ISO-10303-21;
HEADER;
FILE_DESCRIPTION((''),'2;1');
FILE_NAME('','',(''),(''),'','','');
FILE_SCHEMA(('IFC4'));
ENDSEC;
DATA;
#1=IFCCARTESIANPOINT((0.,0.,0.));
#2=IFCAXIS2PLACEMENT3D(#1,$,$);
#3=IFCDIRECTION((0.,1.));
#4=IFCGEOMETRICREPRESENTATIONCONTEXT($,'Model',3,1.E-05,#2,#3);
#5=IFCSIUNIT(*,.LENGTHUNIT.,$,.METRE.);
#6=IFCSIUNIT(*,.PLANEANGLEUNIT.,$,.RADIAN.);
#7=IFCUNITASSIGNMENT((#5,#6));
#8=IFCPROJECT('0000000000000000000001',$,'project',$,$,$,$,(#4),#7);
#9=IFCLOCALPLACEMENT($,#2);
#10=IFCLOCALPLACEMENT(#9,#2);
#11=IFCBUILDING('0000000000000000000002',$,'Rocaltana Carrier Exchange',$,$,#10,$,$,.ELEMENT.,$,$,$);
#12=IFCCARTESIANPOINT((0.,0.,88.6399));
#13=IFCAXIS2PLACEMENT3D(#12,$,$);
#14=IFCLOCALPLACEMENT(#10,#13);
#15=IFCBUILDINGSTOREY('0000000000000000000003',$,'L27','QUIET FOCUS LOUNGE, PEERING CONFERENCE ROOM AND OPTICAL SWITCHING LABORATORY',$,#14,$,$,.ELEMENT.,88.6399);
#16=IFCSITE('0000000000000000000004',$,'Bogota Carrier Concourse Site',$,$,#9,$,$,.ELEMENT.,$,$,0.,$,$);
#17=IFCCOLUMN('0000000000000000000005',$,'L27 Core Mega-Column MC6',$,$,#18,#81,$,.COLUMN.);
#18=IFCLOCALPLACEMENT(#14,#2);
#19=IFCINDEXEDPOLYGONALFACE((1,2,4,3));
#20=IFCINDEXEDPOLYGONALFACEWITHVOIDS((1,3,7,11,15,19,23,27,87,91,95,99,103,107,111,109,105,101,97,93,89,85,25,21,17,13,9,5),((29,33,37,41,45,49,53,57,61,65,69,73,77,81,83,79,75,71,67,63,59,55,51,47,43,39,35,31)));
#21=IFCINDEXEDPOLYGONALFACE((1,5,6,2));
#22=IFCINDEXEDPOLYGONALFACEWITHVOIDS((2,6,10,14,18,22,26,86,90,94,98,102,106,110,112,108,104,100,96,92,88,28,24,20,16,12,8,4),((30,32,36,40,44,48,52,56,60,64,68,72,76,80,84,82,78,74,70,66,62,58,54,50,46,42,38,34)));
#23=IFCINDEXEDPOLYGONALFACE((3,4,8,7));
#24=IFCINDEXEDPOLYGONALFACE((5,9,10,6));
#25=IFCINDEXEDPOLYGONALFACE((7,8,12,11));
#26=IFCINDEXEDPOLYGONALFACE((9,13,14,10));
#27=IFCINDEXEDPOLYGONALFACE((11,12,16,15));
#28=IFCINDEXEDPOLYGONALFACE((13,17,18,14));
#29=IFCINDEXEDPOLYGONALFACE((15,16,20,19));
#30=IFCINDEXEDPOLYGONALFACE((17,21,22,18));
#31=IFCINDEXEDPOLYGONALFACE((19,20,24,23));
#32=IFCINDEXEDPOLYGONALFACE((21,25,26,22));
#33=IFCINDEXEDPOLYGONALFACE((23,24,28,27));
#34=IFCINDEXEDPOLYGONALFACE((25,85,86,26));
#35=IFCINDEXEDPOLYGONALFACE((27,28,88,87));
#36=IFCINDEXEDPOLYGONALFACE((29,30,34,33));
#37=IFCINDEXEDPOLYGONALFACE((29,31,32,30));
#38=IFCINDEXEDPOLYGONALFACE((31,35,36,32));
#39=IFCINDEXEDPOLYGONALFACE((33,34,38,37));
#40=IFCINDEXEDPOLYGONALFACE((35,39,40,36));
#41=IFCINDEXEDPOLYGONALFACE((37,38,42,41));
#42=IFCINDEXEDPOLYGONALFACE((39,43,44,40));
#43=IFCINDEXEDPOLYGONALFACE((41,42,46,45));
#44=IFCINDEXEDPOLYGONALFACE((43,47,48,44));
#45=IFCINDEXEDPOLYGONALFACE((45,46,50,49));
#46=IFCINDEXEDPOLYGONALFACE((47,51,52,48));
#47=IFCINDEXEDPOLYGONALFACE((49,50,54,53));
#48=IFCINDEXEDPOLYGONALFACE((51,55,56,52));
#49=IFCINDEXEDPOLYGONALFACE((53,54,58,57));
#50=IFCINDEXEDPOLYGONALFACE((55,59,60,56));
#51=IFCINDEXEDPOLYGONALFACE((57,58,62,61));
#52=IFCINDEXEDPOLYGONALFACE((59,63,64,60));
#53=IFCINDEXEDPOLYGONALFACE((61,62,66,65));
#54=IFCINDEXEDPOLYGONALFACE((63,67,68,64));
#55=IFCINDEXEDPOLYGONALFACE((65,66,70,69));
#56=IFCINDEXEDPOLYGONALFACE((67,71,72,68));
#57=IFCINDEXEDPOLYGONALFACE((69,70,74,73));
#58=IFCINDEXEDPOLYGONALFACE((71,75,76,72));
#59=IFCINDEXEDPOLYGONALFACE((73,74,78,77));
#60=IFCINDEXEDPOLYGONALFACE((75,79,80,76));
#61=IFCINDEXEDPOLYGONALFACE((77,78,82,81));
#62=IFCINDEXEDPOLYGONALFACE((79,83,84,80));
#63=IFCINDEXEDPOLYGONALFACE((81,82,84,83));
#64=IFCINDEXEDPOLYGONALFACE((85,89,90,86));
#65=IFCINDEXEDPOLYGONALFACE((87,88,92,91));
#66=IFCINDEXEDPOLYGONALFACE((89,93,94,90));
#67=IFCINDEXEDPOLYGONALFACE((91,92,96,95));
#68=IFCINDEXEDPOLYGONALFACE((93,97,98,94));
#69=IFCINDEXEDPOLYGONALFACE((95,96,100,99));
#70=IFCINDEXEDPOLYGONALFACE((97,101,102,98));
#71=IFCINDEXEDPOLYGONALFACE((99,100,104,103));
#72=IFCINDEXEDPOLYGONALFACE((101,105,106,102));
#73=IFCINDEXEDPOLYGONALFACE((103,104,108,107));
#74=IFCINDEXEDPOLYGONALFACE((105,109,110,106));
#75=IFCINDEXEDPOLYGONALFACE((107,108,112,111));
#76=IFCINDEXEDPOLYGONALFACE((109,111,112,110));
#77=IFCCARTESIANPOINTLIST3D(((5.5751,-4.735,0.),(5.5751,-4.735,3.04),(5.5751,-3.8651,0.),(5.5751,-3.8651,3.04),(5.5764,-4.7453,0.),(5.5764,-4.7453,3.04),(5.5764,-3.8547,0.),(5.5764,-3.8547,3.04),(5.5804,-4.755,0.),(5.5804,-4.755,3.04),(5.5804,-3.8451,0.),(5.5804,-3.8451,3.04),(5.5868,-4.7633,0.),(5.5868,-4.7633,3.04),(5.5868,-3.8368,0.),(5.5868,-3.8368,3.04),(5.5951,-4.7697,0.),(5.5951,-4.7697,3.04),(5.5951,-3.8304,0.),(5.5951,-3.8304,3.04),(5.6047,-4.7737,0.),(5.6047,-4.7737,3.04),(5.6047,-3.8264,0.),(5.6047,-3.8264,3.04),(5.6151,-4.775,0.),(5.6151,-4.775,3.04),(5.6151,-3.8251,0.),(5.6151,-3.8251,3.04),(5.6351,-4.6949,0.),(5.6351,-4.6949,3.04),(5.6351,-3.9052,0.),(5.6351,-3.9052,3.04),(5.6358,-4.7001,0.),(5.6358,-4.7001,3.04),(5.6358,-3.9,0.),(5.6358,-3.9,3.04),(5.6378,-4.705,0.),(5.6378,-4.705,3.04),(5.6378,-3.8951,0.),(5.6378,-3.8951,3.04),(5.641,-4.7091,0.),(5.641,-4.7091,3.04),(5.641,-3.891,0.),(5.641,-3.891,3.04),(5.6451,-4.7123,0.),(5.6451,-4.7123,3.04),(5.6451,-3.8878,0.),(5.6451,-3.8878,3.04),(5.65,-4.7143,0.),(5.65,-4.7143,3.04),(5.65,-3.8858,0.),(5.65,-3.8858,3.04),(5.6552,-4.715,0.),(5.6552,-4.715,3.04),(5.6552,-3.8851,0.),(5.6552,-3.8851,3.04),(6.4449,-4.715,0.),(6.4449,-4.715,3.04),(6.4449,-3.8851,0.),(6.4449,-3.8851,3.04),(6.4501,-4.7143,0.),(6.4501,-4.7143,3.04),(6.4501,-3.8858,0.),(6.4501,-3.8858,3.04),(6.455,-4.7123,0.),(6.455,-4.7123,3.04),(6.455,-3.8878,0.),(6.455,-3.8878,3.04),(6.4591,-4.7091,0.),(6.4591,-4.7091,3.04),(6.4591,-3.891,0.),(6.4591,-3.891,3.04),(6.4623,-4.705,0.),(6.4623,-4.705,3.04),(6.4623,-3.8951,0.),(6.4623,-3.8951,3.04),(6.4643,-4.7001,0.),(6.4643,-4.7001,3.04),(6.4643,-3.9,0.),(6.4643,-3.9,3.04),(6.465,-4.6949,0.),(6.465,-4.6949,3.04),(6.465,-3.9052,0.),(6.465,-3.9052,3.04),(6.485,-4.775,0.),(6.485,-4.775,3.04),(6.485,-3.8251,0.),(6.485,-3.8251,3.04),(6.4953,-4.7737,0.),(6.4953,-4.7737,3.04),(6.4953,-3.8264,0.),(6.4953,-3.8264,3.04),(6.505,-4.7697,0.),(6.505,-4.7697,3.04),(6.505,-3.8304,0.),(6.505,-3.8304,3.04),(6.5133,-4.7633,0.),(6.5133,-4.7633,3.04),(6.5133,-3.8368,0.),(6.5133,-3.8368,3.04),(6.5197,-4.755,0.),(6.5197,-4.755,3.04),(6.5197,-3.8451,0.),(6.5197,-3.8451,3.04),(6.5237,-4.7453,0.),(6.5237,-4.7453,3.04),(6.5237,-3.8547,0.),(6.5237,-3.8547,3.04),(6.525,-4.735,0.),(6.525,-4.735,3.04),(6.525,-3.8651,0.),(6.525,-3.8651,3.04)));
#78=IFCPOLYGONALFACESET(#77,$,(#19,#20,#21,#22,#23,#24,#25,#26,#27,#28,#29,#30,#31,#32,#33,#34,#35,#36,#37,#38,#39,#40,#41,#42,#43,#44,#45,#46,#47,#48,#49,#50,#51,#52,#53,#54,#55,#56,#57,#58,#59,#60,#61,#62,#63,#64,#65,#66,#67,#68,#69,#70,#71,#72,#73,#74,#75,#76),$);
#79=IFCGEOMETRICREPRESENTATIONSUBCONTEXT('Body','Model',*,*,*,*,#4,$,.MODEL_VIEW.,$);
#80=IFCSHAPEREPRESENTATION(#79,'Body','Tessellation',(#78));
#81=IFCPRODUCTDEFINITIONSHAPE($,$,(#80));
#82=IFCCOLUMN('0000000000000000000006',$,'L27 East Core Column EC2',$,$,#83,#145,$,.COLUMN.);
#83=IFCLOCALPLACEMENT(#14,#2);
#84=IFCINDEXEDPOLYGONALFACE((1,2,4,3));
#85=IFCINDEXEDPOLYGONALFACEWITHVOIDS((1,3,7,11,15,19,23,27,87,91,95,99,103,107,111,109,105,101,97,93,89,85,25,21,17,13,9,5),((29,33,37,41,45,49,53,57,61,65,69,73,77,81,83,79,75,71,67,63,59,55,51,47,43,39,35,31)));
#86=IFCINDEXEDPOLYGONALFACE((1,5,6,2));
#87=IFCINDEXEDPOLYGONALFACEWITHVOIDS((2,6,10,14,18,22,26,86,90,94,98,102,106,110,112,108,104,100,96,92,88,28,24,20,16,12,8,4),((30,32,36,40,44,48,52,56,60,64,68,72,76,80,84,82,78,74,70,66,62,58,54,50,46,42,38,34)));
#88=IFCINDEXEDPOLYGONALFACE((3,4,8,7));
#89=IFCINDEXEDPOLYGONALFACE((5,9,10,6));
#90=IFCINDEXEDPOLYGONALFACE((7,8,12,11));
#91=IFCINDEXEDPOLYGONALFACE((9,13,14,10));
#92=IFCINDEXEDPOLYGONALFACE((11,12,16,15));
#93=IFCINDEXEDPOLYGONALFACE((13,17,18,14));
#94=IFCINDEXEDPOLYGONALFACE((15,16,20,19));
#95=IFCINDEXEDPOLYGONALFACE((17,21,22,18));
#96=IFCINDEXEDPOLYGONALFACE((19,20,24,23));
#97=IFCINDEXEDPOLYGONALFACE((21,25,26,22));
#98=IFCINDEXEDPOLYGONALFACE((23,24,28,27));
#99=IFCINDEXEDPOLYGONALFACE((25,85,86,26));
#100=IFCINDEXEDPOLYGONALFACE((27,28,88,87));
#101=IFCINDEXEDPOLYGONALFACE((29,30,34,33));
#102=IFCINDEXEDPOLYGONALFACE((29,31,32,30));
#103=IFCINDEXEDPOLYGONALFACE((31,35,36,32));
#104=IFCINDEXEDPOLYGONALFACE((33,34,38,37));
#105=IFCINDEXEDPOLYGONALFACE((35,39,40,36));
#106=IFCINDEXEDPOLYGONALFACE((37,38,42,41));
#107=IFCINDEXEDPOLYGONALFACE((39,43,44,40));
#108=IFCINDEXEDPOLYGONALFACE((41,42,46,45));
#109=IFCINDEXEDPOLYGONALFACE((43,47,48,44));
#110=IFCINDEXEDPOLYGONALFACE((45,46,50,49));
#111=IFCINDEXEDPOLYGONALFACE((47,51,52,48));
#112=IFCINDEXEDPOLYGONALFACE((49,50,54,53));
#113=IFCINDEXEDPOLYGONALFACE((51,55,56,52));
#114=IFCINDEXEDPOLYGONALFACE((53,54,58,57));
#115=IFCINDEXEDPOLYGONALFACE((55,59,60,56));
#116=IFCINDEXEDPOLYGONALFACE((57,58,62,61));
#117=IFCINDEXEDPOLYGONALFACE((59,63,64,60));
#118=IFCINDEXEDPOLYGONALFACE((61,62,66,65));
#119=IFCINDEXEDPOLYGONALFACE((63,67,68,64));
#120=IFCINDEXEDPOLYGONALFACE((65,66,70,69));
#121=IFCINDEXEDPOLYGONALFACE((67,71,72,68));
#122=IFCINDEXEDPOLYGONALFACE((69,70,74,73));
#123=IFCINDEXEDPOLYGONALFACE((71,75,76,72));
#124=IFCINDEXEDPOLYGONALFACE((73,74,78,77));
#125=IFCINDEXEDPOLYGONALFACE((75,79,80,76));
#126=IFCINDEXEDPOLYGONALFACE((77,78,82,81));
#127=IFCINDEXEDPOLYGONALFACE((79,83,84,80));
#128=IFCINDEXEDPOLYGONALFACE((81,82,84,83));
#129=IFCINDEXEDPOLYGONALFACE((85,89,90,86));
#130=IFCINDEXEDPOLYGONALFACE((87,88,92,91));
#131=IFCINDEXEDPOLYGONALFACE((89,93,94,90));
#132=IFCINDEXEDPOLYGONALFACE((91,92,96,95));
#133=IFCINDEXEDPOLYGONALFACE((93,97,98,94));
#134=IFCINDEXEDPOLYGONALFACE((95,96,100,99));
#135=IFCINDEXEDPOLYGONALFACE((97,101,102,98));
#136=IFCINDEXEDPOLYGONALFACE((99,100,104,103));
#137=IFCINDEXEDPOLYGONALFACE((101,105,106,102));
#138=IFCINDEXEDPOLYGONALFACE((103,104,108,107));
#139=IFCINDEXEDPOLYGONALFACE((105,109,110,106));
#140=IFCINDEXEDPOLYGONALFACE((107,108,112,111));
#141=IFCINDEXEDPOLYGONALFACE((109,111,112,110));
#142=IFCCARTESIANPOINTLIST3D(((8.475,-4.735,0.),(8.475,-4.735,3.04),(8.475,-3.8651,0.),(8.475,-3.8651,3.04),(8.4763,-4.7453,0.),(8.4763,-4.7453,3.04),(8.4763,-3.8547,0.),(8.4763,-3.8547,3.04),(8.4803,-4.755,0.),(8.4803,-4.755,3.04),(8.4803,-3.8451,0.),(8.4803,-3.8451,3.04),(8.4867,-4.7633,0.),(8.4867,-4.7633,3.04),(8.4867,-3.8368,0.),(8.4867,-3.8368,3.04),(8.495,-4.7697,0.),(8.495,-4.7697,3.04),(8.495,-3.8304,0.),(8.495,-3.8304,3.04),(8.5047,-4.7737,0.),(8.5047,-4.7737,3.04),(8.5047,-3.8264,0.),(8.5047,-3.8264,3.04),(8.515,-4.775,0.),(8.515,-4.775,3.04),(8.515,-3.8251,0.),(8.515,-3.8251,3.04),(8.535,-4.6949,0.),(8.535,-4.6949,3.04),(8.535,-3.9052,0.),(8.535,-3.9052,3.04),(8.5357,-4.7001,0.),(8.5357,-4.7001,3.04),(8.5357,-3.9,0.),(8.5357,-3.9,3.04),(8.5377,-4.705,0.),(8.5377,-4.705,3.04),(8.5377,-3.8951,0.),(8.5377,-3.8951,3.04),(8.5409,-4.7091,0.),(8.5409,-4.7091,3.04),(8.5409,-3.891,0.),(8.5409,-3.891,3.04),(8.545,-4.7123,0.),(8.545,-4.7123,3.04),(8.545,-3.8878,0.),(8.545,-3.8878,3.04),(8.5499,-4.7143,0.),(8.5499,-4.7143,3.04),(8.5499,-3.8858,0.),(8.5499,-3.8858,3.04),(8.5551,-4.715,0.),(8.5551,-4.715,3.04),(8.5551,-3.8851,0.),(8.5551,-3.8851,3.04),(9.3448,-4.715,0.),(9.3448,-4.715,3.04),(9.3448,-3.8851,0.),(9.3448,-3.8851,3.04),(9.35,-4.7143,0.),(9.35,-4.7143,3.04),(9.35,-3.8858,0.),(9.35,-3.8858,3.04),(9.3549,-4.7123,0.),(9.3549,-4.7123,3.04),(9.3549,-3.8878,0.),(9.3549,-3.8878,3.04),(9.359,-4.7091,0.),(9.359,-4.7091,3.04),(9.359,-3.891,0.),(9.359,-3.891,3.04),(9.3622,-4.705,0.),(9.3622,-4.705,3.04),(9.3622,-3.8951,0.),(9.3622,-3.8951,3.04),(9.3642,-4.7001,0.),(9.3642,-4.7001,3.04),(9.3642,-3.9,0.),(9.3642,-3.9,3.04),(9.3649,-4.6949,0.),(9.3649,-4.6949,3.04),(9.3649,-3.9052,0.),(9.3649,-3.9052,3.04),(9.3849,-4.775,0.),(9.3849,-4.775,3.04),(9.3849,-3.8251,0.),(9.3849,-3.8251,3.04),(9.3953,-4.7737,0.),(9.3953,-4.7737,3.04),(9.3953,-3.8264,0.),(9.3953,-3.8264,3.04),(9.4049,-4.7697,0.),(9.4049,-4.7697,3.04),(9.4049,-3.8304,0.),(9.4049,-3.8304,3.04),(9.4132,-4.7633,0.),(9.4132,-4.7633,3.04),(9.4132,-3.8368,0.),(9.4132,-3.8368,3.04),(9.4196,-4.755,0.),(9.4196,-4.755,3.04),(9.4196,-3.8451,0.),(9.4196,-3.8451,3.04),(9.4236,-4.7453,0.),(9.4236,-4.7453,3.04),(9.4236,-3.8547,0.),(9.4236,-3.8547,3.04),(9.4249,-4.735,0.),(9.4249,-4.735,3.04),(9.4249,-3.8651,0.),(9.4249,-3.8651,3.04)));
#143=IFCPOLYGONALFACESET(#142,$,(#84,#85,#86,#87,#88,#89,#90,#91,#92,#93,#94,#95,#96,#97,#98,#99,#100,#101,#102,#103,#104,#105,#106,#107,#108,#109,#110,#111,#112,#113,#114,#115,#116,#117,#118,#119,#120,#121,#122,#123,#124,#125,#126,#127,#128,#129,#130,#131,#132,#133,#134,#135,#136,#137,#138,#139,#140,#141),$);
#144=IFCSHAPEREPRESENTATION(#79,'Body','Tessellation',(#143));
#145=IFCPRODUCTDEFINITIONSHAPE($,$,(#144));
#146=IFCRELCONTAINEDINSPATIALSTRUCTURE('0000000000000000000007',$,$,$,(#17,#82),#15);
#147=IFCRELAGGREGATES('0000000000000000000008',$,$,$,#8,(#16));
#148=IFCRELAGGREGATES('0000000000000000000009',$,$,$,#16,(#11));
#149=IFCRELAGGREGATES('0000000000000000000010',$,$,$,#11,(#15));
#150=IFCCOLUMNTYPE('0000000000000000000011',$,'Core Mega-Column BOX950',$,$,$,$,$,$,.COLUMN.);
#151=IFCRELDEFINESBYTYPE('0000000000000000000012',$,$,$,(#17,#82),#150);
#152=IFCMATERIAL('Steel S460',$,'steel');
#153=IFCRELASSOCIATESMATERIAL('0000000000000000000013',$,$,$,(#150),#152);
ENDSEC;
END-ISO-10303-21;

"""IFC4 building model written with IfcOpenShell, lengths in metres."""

from ifc_helpers import new_model, si_unit, direction, frame, origin, origin_2d, place, context, subcontext, project, spatial, hollow_rectangle, extrude, material, material_profile, profile_set, type_object, element, save


model = new_model("IFC4")

# Units and contexts
model_context = context("Model", 3, precision=1e-05, world=origin(), true_north=direction((0.0, 1.0)))
body_context = subcontext(model_context, "Body", "Model", "MODEL_VIEW")
ifc_project = project(units=[si_unit("LENGTHUNIT", "METRE"), si_unit("PLANEANGLEUNIT", "RADIAN")], contexts=[model_context])

# Site, building, storey
site_placement = place(None, origin())
site = spatial("IfcSite", under=ifc_project, at=site_placement, Name="Bogota Carrier Concourse Site", CompositionType="ELEMENT", RefElevation=0.0)
building_placement = place(site_placement, origin())
building = spatial("IfcBuilding", under=site, at=building_placement, Name="Rocaltana Carrier Exchange", CompositionType="ELEMENT")
storey_placement = place(building_placement, frame((0.0, 0.0, 88.6399)))
storey = spatial("IfcBuildingStorey", under=building, at=storey_placement, Name="L27", Description="QUIET FOCUS LOUNGE, PEERING CONFERENCE ROOM AND OPTICAL SWITCHING LABORATORY", CompositionType="ELEMENT", Elevation=88.6399)

# Columns
ifc_material_1 = material(Name="Steel S460", Category="steel")
ifc_material_profile = material_profile(ifc_material_1, hollow_rectangle(XDim=0.95, YDim=0.95, WallThickness=0.0601, InnerFilletRadius=0.02, OuterFilletRadius=0.04, at=origin_2d()), Name="BOX950X950X60")
ifc_profile_set = profile_set([ifc_material_profile], Name="Steel S460")
column_type = type_object("IfcColumnType", Name="Core Mega-Column BOX950", PredefinedType="COLUMN", material=ifc_profile_set)
for number, where, z_axis, x_axis, name in (
    (1, (6.05, -4.3, 0.0), (0.0, 0.0, 1.0), (1.0, 0.0, 0.0), "L27 Core Mega-Column MC6"),
    (2, (8.95, -4.3, 0.0), (0.0, 0.0, 1.0), (1.0, 0.0, 0.0), "L27 East Core Column EC2"),
):
    element("IfcColumn", number, at=place(storey_placement, frame(where, z_axis=z_axis, x_axis=x_axis)), inside=storey, type_object=column_type, Name=name, PredefinedType="COLUMN", context=body_context, shape_type="SweptSolid", body=[
        extrude(hollow_rectangle(XDim=0.95, YDim=0.95, WallThickness=0.0601, InnerFilletRadius=0.02, OuterFilletRadius=0.04, at=origin_2d()), origin(), (0.0, 0.0, 1.0), 3.04),
    ])

save(model, "model.ifc")
